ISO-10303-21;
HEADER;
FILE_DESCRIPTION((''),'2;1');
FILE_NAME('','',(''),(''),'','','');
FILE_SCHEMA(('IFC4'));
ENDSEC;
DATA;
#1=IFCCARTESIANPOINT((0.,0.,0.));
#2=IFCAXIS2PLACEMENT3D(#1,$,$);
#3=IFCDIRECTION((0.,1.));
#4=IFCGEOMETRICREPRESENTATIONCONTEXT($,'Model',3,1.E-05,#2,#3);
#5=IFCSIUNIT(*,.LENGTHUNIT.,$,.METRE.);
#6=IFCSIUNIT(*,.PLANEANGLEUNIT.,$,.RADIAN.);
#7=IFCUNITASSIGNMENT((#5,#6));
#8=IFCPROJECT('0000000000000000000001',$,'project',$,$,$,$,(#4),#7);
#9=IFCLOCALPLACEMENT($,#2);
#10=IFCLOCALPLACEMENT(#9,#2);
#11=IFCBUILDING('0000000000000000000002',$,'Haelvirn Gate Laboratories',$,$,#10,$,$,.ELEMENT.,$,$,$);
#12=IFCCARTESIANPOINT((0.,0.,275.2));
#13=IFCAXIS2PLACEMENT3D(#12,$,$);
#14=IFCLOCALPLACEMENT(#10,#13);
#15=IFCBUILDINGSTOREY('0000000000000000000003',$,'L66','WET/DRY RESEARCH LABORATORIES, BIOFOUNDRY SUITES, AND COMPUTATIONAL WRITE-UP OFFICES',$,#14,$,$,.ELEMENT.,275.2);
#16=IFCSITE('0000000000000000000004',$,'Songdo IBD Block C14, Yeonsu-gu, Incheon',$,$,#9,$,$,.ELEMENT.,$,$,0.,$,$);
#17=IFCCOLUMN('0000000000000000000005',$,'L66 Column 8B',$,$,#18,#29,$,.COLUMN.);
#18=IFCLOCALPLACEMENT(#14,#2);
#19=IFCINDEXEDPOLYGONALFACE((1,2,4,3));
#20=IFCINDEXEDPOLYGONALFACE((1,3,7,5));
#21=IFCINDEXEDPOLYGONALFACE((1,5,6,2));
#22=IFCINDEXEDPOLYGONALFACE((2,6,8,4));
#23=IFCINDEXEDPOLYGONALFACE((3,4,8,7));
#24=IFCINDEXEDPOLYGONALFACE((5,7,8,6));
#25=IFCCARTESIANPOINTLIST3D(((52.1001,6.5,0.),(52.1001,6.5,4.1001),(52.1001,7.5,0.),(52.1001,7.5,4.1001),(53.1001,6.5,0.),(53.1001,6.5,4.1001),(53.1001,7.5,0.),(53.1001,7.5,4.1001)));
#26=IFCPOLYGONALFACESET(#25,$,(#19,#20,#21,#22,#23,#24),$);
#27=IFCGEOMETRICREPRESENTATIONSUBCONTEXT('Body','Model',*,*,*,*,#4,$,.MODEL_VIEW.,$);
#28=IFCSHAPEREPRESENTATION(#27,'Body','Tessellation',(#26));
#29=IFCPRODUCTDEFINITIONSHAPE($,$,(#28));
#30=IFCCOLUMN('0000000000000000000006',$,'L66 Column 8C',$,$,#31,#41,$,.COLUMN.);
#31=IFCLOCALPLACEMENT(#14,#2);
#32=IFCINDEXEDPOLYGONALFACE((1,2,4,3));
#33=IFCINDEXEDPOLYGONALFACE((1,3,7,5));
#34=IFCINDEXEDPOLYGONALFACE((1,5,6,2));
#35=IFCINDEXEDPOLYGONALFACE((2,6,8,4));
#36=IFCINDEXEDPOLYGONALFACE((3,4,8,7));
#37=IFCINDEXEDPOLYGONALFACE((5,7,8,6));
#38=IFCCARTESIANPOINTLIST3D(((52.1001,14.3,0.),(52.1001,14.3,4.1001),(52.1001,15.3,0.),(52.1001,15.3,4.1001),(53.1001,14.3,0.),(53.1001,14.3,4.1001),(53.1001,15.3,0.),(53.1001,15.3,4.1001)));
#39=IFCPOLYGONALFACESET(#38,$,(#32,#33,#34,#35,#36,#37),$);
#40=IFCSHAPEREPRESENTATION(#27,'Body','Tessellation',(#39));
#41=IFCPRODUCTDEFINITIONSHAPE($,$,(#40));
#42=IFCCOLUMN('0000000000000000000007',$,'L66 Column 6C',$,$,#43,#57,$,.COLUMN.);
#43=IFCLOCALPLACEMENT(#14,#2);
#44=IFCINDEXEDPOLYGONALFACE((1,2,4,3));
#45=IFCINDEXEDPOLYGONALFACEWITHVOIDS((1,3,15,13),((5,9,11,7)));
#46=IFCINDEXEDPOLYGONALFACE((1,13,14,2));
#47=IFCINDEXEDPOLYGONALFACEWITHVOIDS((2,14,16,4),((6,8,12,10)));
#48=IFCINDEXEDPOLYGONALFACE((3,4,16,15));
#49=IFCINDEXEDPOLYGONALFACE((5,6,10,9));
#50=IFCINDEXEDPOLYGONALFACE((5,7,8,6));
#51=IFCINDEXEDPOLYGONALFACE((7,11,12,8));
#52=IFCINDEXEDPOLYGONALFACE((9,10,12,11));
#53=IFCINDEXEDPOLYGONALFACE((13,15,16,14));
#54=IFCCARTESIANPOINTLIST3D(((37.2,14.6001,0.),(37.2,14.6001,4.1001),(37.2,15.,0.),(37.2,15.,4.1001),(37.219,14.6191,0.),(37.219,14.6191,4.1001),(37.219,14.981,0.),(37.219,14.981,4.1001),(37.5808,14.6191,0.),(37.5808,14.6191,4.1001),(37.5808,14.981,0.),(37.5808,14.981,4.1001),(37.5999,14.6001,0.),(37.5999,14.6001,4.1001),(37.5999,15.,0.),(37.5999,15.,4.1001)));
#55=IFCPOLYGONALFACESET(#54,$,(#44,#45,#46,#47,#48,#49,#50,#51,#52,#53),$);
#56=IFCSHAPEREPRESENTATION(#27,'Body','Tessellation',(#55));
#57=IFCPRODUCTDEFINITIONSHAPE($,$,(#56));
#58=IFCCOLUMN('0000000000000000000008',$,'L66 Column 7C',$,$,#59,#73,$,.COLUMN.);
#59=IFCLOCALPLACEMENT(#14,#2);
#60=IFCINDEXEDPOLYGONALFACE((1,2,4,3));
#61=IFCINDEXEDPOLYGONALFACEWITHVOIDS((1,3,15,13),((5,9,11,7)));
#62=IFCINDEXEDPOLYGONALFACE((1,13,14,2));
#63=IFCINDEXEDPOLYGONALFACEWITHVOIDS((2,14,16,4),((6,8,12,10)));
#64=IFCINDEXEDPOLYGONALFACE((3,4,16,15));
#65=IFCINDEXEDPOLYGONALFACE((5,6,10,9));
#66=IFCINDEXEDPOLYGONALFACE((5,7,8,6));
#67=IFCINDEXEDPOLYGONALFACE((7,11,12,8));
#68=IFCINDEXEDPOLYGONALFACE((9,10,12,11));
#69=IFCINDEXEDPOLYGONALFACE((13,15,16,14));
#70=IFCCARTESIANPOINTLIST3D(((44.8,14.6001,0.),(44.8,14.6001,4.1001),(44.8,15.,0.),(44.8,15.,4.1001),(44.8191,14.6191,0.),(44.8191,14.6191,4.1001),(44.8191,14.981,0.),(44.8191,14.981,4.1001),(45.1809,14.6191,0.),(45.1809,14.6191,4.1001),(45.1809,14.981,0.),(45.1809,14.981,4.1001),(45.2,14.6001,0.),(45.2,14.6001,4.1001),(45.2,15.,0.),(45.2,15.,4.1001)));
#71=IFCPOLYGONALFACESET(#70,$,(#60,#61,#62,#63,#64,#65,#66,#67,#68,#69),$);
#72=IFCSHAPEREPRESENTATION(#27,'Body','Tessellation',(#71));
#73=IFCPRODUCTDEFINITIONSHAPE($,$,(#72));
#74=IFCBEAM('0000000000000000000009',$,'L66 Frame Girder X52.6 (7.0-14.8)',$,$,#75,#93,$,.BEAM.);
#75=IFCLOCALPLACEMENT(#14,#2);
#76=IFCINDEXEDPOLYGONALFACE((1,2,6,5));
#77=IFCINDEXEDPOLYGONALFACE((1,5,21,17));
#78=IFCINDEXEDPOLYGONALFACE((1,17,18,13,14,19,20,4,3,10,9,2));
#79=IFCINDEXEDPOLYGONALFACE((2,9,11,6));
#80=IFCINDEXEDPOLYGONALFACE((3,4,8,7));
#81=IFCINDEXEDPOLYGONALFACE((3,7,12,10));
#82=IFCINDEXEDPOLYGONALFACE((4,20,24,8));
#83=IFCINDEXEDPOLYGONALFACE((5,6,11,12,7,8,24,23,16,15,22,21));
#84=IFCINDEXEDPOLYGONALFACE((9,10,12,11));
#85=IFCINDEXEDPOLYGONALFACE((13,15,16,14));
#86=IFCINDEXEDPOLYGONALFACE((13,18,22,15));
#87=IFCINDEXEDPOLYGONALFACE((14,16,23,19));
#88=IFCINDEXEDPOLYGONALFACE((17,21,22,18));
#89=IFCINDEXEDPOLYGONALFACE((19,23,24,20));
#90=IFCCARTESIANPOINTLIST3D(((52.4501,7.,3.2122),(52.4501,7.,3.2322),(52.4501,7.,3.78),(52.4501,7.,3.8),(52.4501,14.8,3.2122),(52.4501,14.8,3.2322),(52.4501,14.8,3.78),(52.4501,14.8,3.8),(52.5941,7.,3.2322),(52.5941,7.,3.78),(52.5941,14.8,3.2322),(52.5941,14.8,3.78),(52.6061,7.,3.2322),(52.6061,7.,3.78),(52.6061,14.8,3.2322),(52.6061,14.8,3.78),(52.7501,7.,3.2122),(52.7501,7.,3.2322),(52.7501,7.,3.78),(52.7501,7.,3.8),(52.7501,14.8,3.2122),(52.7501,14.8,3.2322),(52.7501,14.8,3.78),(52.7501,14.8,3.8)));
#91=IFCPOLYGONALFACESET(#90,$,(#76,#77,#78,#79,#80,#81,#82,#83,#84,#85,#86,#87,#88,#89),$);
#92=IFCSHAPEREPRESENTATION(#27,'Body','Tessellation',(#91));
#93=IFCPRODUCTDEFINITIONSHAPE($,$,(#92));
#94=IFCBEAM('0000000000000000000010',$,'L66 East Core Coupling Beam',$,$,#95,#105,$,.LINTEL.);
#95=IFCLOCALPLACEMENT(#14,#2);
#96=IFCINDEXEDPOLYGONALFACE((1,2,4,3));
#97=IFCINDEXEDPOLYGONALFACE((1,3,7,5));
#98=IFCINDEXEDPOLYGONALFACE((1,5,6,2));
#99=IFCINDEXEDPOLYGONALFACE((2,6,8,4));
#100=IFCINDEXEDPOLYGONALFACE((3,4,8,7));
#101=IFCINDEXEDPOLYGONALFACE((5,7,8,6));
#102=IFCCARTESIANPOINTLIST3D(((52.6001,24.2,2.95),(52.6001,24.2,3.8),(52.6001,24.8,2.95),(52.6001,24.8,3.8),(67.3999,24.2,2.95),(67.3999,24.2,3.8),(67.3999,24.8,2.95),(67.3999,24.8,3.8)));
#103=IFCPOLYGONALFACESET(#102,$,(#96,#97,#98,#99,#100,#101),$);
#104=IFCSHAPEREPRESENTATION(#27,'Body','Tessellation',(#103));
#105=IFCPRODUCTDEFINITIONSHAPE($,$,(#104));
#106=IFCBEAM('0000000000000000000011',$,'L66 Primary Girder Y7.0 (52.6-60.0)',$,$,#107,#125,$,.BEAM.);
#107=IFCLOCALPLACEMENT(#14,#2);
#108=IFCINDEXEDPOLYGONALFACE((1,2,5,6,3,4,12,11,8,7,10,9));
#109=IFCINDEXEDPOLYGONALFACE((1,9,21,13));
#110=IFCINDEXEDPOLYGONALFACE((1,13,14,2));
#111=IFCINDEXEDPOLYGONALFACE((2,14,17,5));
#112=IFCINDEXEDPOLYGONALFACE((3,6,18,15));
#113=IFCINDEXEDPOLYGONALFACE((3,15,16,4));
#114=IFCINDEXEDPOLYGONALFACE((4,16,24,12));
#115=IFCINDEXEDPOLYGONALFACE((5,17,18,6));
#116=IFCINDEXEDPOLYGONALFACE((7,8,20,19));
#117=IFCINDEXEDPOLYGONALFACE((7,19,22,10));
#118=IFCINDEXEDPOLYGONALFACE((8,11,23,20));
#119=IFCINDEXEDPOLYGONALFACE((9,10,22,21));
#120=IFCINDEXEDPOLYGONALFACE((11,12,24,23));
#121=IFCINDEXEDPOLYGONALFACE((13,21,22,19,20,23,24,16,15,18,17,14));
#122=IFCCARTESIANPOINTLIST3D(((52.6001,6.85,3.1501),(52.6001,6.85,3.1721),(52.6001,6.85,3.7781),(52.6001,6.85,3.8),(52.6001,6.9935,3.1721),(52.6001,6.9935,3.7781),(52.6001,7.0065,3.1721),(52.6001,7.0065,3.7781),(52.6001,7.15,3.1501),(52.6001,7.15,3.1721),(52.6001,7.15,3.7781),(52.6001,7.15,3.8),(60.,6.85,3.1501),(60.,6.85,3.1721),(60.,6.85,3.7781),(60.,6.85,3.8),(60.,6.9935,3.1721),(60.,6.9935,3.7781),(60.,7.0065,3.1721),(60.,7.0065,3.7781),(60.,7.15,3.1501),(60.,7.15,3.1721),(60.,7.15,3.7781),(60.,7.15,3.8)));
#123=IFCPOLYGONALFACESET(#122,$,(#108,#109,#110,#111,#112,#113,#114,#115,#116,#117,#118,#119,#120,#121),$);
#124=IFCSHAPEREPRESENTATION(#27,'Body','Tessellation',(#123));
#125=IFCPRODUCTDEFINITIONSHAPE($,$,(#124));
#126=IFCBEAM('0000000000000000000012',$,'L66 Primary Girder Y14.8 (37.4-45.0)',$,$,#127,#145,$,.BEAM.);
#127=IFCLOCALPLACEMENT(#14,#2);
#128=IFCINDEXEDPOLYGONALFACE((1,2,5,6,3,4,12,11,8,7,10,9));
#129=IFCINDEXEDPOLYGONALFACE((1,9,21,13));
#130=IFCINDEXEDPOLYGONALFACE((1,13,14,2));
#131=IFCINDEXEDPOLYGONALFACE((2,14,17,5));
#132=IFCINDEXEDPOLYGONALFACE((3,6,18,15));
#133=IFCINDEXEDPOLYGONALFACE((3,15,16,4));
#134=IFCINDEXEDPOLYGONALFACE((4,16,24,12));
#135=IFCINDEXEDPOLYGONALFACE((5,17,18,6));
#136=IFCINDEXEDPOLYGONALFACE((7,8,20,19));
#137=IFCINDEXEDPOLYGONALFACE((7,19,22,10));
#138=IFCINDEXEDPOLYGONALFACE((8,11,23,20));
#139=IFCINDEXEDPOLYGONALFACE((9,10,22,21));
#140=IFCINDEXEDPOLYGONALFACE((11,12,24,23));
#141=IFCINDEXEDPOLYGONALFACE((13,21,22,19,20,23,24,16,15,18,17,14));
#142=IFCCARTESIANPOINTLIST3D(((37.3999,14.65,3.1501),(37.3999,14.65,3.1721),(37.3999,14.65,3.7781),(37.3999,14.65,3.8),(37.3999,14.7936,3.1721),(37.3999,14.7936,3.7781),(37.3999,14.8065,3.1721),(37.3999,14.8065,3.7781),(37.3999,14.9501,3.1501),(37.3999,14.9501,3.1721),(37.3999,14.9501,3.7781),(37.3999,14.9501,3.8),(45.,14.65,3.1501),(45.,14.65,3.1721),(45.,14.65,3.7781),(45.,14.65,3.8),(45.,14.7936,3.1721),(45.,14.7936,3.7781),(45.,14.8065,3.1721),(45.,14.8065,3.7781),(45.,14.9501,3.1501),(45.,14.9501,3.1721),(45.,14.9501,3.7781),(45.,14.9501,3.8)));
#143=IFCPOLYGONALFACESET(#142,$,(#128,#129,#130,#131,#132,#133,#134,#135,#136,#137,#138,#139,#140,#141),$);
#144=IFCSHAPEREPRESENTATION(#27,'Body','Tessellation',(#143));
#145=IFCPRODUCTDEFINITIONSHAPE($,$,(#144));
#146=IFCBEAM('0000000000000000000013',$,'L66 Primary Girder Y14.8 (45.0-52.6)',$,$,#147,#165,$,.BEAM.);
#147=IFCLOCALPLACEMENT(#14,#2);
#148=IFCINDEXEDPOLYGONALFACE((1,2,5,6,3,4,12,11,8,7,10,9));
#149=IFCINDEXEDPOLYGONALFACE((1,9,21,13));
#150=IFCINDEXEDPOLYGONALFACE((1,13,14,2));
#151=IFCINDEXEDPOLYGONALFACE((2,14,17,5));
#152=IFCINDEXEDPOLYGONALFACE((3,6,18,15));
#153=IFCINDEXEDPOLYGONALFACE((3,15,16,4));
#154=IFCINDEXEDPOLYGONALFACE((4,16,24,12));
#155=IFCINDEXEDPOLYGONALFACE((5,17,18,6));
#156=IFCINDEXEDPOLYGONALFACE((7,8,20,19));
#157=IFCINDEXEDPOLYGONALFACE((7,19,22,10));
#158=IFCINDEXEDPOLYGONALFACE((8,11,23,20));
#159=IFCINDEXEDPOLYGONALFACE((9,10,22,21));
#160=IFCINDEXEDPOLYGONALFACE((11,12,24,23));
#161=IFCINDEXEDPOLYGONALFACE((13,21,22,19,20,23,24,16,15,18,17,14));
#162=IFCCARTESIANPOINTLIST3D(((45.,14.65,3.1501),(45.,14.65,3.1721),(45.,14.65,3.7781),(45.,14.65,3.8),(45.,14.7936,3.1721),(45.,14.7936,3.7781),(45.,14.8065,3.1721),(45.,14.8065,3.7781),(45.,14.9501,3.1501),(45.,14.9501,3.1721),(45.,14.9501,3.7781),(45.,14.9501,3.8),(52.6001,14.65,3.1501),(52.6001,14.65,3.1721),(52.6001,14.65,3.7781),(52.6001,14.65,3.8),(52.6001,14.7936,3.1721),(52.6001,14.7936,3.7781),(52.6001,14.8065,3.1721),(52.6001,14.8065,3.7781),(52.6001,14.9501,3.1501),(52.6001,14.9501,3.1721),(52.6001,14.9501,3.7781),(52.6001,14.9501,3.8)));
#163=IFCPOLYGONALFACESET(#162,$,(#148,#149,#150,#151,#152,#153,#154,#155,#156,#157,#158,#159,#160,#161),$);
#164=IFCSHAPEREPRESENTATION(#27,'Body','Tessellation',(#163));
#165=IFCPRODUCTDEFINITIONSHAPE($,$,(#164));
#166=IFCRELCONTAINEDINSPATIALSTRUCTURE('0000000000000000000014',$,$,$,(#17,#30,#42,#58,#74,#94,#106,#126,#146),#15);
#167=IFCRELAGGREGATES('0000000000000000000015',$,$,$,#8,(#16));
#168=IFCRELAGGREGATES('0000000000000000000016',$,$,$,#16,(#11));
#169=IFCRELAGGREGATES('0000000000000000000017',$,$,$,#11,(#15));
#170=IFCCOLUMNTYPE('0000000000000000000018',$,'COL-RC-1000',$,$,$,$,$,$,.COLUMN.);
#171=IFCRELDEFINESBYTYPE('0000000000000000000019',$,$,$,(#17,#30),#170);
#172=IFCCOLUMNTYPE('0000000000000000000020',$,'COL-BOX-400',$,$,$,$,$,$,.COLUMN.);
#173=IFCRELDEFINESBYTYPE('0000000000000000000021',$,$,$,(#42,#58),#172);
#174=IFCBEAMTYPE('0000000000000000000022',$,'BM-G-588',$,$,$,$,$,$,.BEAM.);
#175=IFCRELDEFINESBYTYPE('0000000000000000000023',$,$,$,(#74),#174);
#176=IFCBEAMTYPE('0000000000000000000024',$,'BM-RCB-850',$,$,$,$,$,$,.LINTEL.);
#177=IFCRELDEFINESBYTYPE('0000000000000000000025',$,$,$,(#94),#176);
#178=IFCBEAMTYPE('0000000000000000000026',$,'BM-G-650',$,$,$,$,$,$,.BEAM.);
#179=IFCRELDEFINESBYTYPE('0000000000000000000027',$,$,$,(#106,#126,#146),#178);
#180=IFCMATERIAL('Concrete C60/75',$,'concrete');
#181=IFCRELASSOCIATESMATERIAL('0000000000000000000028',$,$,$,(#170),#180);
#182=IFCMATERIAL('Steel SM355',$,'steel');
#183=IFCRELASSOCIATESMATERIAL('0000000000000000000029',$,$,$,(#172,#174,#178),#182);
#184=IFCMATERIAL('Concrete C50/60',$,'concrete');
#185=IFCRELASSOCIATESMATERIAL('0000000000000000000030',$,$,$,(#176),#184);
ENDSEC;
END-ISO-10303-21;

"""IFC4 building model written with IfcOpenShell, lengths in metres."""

from ifc_helpers import new_model, si_unit, direction, frame, origin, origin_2d, place, context, subcontext, project, spatial, rectangle, hollow_rectangle, i_section, extrude, source, transform, mapped, material, material_profile, profile_set, type_object, type_shapes, element, save


model = new_model("IFC4")

# Units and contexts
model_context = context("Model", 3, precision=1e-05, world=origin(), true_north=direction((0.0, 1.0)))
body_context = subcontext(model_context, "Body", "Model", "MODEL_VIEW")
ifc_project = project(units=[si_unit("LENGTHUNIT", "METRE"), si_unit("PLANEANGLEUNIT", "RADIAN")], contexts=[model_context])

# Site, building, storey
site_placement = place(None, origin())
site = spatial("IfcSite", under=ifc_project, at=site_placement, Name="Songdo IBD Block C14, Yeonsu-gu, Incheon", CompositionType="ELEMENT", RefElevation=0.0)
building_placement = place(site_placement, origin())
building = spatial("IfcBuilding", under=site, at=building_placement, Name="Haelvirn Gate Laboratories", CompositionType="ELEMENT")
storey_placement = place(building_placement, frame((0.0, 0.0, 275.2)))
storey = spatial("IfcBuildingStorey", under=building, at=storey_placement, Name="L66", Description="WET/DRY RESEARCH LABORATORIES, BIOFOUNDRY SUITES, AND COMPUTATIONAL WRITE-UP OFFICES", CompositionType="ELEMENT", Elevation=275.2)

# Columns
ifc_material_1 = material(Name="Concrete C60/75", Category="concrete")
ifc_material_profile_1 = material_profile(ifc_material_1, rectangle(XDim=1.0, YDim=1.0, at=origin_2d()), Name="RC-1000x1000")
ifc_profile_set_1 = profile_set([ifc_material_profile_1], Name="Concrete C60/75")
column_type_1 = type_object("IfcColumnType", Name="COL-RC-1000", PredefinedType="COLUMN", material=ifc_profile_set_1)
shared_shape_1 = source(origin(), body_context, "Body", "SweptSolid", [
    extrude(rectangle(XDim=1.0, YDim=1.0, at=origin_2d()), origin(), (0.0, 0.0, 1.0), 4.1001),
])
type_shapes(column_type_1, [shared_shape_1])
for number, where, z_axis, x_axis, name in (
    (1, (52.6001, 7.0, 0.0), (0.0, 0.0, 1.0), (1.0, 0.0, 0.0), "L66 Column 8B"),
    (2, (52.6001, 14.8, 0.0), (0.0, 0.0, 1.0), (1.0, 0.0, 0.0), "L66 Column 8C"),
):
    element("IfcColumn", number, at=place(storey_placement, frame(where, z_axis=z_axis, x_axis=x_axis)), inside=storey, type_object=column_type_1, Name=name, PredefinedType="COLUMN", context=body_context, shape_type="MappedRepresentation", body=[
        mapped(shared_shape_1, transform((0.0, 0.0, 0.0), scale=1.0)),
    ])
ifc_material_2 = material(Name="Steel SM355", Category="steel")
ifc_material_profile_2 = material_profile(ifc_material_2, hollow_rectangle(XDim=0.3999, YDim=0.3999, WallThickness=0.019, at=origin_2d()), Name="BOX-400x400x19")
ifc_profile_set_2 = profile_set([ifc_material_profile_2], Name="Steel SM355")
column_type_2 = type_object("IfcColumnType", Name="COL-BOX-400", PredefinedType="COLUMN", material=ifc_profile_set_2)
shared_shape_2 = source(origin(), body_context, "Body", "SweptSolid", [
    extrude(hollow_rectangle(XDim=0.3999, YDim=0.3999, WallThickness=0.019, at=origin_2d()), origin(), (0.0, 0.0, 1.0), 4.1001),
])
type_shapes(column_type_2, [shared_shape_2])
for number, where, z_axis, x_axis, name in (
    (3, (37.3999, 14.8, 0.0), (0.0, 0.0, 1.0), (1.0, 0.0, 0.0), "L66 Column 6C"),
    (4, (45.0, 14.8, 0.0), (0.0, 0.0, 1.0), (1.0, 0.0, 0.0), "L66 Column 7C"),
):
    element("IfcColumn", number, at=place(storey_placement, frame(where, z_axis=z_axis, x_axis=x_axis)), inside=storey, type_object=column_type_2, Name=name, PredefinedType="COLUMN", context=body_context, shape_type="MappedRepresentation", body=[
        mapped(shared_shape_2, transform((0.0, 0.0, 0.0), scale=1.0)),
    ])

# Beams
ifc_material_profile_3 = material_profile(ifc_material_2, i_section(OverallWidth=0.3, OverallDepth=0.5879, WebThickness=0.012, FlangeThickness=0.02, at=origin_2d()), Name="H-588x300x12x20")
ifc_profile_set_3 = profile_set([ifc_material_profile_3], Name="Steel SM355")
beam_type_1 = type_object("IfcBeamType", Name="BM-G-588", PredefinedType="BEAM", material=ifc_profile_set_3)
shared_shape_3 = source(origin(), body_context, "Body", "SweptSolid", [
    extrude(i_section(OverallWidth=0.3, OverallDepth=0.5879, WebThickness=0.012, FlangeThickness=0.02, at=origin_2d()), origin(), (0.0, 0.0, 1.0), 7.8),
])
type_shapes(beam_type_1, [shared_shape_3])
beam_1_placement = place(storey_placement, frame((52.6001, 7.0, 3.5061), z_axis=(0.0, 1.0, 0.0), x_axis=(-1.0, 0.0, 0.0)))
element("IfcBeam", 5, at=beam_1_placement, inside=storey, type_object=beam_type_1, Name="L66 Frame Girder X52.6 (7.0-14.8)", PredefinedType="BEAM", context=body_context, shape_type="MappedRepresentation", body=[
    mapped(shared_shape_3, transform((0.0, 0.0, 0.0), scale=1.0)),
])
ifc_material_3 = material(Name="Concrete C50/60", Category="concrete")
ifc_material_profile_4 = material_profile(ifc_material_3, rectangle(XDim=0.6001, YDim=0.8501, at=origin_2d()), Name="RCB-600x850")
ifc_profile_set_4 = profile_set([ifc_material_profile_4], Name="Concrete C50/60")
beam_type_2 = type_object("IfcBeamType", Name="BM-RCB-850", PredefinedType="LINTEL", material=ifc_profile_set_4)
shared_shape_4 = source(origin(), body_context, "Body", "SweptSolid", [
    extrude(rectangle(XDim=0.6001, YDim=0.8501, at=origin_2d()), origin(), (0.0, 0.0, 1.0), 14.7998),
])
type_shapes(beam_type_2, [shared_shape_4])
beam_2_placement = place(storey_placement, frame((52.6001, 24.5, 3.375), z_axis=(1.0, 0.0, 0.0), x_axis=(0.0, 1.0, 0.0)))
element("IfcBeam", 6, at=beam_2_placement, inside=storey, type_object=beam_type_2, Name="L66 East Core Coupling Beam", PredefinedType="LINTEL", context=body_context, shape_type="MappedRepresentation", body=[
    mapped(shared_shape_4, transform((0.0, 0.0, 0.0), scale=1.0)),
])
ifc_material_profile_5 = material_profile(ifc_material_2, i_section(OverallWidth=0.3, OverallDepth=0.6499, WebThickness=0.0129, FlangeThickness=0.022, at=origin_2d()), Name="H-650x300x13x22")
ifc_profile_set_5 = profile_set([ifc_material_profile_5], Name="Steel SM355")
beam_type_3 = type_object("IfcBeamType", Name="BM-G-650", PredefinedType="BEAM", material=ifc_profile_set_5)
shared_shape_5 = source(origin(), body_context, "Body", "SweptSolid", [
    extrude(i_section(OverallWidth=0.3, OverallDepth=0.6499, WebThickness=0.0129, FlangeThickness=0.022, at=origin_2d()), origin(), (0.0, 0.0, 1.0), 7.3999),
])
beam_3_placement = place(storey_placement, frame((52.6001, 7.0, 3.4751), z_axis=(1.0, 0.0, 0.0), x_axis=(0.0, 1.0, 0.0)))
element("IfcBeam", 7, at=beam_3_placement, inside=storey, type_object=beam_type_3, Name="L66 Primary Girder Y7.0 (52.6-60.0)", PredefinedType="BEAM", context=body_context, shape_type="MappedRepresentation", body=[
    mapped(shared_shape_5, transform((0.0, 0.0, 0.0), scale=1.0)),
])
shared_shape_6 = source(origin(), body_context, "Body", "SweptSolid", [
    extrude(i_section(OverallWidth=0.3, OverallDepth=0.6499, WebThickness=0.0129, FlangeThickness=0.022, at=origin_2d()), origin(), (0.0, 0.0, 1.0), 7.6001),
])
type_shapes(beam_type_3, [shared_shape_5, shared_shape_6])
for number, where, z_axis, x_axis, name in (
    (8, (37.3999, 14.8, 3.4751), (1.0, 0.0, 0.0), (0.0, 1.0, 0.0), "L66 Primary Girder Y14.8 (37.4-45.0)"),
    (9, (45.0, 14.8, 3.4751), (1.0, 0.0, 0.0), (0.0, 1.0, 0.0), "L66 Primary Girder Y14.8 (45.0-52.6)"),
):
    element("IfcBeam", number, at=place(storey_placement, frame(where, z_axis=z_axis, x_axis=x_axis)), inside=storey, type_object=beam_type_3, Name=name, PredefinedType="BEAM", context=body_context, shape_type="MappedRepresentation", body=[
        mapped(shared_shape_6, transform((0.0, 0.0, 0.0), scale=1.0)),
    ])

save(model, "model.ifc")
